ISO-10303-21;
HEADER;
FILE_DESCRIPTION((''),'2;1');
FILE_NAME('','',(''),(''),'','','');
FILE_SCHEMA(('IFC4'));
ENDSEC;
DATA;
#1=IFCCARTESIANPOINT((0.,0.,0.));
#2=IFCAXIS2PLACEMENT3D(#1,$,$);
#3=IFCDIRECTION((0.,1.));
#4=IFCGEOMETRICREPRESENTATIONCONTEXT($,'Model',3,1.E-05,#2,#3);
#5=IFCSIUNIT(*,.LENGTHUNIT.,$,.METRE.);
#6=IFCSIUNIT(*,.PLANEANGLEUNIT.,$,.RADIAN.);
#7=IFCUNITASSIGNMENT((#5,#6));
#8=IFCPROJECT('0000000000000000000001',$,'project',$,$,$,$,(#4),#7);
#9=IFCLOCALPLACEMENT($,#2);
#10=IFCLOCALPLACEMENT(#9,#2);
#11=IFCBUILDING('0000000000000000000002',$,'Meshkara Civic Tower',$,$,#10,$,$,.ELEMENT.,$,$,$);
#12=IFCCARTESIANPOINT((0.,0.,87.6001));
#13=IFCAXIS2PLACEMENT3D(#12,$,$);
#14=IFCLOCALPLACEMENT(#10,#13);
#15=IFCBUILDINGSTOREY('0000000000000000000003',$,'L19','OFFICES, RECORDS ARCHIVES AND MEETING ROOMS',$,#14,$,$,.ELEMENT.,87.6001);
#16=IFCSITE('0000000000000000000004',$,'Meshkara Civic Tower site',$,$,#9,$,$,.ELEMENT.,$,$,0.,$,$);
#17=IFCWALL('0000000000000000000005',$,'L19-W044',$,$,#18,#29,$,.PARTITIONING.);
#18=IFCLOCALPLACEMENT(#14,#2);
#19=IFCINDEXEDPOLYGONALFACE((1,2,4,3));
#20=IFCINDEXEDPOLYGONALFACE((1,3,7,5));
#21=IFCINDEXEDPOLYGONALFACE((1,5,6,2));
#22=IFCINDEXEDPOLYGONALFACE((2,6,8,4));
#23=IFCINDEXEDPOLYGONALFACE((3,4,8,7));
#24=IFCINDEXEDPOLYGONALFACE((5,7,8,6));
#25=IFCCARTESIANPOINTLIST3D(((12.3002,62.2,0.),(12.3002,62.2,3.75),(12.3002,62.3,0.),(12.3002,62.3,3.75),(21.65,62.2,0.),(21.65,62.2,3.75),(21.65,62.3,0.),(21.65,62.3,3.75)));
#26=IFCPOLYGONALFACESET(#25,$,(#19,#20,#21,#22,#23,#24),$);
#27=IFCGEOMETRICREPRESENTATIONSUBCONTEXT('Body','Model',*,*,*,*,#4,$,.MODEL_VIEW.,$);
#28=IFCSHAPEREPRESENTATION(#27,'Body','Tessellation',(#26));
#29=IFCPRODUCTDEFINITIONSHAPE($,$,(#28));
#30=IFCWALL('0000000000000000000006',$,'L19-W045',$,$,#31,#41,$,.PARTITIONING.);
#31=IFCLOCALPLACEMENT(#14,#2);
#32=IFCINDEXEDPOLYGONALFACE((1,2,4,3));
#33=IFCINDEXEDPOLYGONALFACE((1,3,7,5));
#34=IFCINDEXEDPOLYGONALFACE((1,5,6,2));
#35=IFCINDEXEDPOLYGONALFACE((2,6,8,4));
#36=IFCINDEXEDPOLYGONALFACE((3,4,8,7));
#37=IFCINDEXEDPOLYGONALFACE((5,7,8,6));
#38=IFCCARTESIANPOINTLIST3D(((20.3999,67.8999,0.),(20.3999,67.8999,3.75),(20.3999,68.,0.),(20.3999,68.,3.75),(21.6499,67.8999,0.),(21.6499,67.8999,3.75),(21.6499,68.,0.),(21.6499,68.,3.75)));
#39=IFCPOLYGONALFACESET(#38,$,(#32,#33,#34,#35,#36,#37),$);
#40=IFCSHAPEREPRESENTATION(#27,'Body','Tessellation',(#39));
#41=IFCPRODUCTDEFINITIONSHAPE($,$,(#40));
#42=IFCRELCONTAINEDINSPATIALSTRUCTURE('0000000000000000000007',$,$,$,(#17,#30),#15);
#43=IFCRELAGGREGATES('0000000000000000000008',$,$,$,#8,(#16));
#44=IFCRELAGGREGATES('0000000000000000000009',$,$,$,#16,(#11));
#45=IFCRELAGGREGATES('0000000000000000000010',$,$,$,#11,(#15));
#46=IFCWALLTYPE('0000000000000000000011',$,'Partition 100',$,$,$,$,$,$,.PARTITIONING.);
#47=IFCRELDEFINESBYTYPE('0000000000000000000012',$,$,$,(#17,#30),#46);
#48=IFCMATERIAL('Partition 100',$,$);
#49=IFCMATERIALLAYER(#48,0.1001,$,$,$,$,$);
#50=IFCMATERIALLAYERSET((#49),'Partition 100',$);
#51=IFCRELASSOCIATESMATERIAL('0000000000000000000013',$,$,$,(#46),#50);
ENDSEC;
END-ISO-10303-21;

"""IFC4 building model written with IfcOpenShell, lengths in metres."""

from ifc_helpers import new_model, si_unit, direction, frame, frame_2d, origin, place, context, subcontext, project, spatial, rectangle, extrude, material, layer, layer_set, type_object, element, save


model = new_model("IFC4")

# Units and contexts
model_context = context("Model", 3, precision=1e-05, world=origin(), true_north=direction((0.0, 1.0)))
body_context = subcontext(model_context, "Body", "Model", "MODEL_VIEW")
ifc_project = project(units=[si_unit("LENGTHUNIT", "METRE"), si_unit("PLANEANGLEUNIT", "RADIAN")], contexts=[model_context])

# Site, building, storey
site_placement = place(None, origin())
site = spatial("IfcSite", under=ifc_project, at=site_placement, Name="Meshkara Civic Tower site", CompositionType="ELEMENT", RefElevation=0.0)
building_placement = place(site_placement, origin())
building = spatial("IfcBuilding", under=site, at=building_placement, Name="Meshkara Civic Tower", CompositionType="ELEMENT")
storey_placement = place(building_placement, frame((0.0, 0.0, 87.6001)))
storey = spatial("IfcBuildingStorey", under=building, at=storey_placement, Name="L19", Description="OFFICES, RECORDS ARCHIVES AND MEETING ROOMS", CompositionType="ELEMENT", Elevation=87.6001)

# Walls
ifc_material_1 = material(Name="Partition 100")
ifc_layer_1 = layer(ifc_material_1, 0.1001)
ifc_layer_set_1 = layer_set([ifc_layer_1], Name="Partition 100")
wall_type_1 = type_object("IfcWallType", Name="Partition 100", PredefinedType="PARTITIONING", material=ifc_layer_set_1)
wall_1_placement = place(storey_placement, frame((21.6499, 62.25, 0.0), z_axis=(0.0, 0.0, 1.0), x_axis=(-1.0, 0.0, 0.0)))
element("IfcWall", 1, at=wall_1_placement, inside=storey, type_object=wall_type_1, Name="L19-W044", PredefinedType="PARTITIONING", context=body_context, shape_type="SweptSolid", body=[
    extrude(rectangle(XDim=9.3499, YDim=0.1001, at=frame_2d((4.6748, 0.0))), origin(), (0.0, 0.0, 1.0), 3.75),
])
wall_2_placement = place(storey_placement, frame((21.6499, 67.95, 0.0), z_axis=(0.0, 0.0, 1.0), x_axis=(-1.0, 0.0, 0.0)))
element("IfcWall", 2, at=wall_2_placement, inside=storey, type_object=wall_type_1, Name="L19-W045", PredefinedType="PARTITIONING", context=body_context, shape_type="SweptSolid", body=[
    extrude(rectangle(XDim=1.25, YDim=0.1001, at=frame_2d((0.625, 0.0))), origin(), (0.0, 0.0, 1.0), 3.75),
])

save(model, "model.ifc")
